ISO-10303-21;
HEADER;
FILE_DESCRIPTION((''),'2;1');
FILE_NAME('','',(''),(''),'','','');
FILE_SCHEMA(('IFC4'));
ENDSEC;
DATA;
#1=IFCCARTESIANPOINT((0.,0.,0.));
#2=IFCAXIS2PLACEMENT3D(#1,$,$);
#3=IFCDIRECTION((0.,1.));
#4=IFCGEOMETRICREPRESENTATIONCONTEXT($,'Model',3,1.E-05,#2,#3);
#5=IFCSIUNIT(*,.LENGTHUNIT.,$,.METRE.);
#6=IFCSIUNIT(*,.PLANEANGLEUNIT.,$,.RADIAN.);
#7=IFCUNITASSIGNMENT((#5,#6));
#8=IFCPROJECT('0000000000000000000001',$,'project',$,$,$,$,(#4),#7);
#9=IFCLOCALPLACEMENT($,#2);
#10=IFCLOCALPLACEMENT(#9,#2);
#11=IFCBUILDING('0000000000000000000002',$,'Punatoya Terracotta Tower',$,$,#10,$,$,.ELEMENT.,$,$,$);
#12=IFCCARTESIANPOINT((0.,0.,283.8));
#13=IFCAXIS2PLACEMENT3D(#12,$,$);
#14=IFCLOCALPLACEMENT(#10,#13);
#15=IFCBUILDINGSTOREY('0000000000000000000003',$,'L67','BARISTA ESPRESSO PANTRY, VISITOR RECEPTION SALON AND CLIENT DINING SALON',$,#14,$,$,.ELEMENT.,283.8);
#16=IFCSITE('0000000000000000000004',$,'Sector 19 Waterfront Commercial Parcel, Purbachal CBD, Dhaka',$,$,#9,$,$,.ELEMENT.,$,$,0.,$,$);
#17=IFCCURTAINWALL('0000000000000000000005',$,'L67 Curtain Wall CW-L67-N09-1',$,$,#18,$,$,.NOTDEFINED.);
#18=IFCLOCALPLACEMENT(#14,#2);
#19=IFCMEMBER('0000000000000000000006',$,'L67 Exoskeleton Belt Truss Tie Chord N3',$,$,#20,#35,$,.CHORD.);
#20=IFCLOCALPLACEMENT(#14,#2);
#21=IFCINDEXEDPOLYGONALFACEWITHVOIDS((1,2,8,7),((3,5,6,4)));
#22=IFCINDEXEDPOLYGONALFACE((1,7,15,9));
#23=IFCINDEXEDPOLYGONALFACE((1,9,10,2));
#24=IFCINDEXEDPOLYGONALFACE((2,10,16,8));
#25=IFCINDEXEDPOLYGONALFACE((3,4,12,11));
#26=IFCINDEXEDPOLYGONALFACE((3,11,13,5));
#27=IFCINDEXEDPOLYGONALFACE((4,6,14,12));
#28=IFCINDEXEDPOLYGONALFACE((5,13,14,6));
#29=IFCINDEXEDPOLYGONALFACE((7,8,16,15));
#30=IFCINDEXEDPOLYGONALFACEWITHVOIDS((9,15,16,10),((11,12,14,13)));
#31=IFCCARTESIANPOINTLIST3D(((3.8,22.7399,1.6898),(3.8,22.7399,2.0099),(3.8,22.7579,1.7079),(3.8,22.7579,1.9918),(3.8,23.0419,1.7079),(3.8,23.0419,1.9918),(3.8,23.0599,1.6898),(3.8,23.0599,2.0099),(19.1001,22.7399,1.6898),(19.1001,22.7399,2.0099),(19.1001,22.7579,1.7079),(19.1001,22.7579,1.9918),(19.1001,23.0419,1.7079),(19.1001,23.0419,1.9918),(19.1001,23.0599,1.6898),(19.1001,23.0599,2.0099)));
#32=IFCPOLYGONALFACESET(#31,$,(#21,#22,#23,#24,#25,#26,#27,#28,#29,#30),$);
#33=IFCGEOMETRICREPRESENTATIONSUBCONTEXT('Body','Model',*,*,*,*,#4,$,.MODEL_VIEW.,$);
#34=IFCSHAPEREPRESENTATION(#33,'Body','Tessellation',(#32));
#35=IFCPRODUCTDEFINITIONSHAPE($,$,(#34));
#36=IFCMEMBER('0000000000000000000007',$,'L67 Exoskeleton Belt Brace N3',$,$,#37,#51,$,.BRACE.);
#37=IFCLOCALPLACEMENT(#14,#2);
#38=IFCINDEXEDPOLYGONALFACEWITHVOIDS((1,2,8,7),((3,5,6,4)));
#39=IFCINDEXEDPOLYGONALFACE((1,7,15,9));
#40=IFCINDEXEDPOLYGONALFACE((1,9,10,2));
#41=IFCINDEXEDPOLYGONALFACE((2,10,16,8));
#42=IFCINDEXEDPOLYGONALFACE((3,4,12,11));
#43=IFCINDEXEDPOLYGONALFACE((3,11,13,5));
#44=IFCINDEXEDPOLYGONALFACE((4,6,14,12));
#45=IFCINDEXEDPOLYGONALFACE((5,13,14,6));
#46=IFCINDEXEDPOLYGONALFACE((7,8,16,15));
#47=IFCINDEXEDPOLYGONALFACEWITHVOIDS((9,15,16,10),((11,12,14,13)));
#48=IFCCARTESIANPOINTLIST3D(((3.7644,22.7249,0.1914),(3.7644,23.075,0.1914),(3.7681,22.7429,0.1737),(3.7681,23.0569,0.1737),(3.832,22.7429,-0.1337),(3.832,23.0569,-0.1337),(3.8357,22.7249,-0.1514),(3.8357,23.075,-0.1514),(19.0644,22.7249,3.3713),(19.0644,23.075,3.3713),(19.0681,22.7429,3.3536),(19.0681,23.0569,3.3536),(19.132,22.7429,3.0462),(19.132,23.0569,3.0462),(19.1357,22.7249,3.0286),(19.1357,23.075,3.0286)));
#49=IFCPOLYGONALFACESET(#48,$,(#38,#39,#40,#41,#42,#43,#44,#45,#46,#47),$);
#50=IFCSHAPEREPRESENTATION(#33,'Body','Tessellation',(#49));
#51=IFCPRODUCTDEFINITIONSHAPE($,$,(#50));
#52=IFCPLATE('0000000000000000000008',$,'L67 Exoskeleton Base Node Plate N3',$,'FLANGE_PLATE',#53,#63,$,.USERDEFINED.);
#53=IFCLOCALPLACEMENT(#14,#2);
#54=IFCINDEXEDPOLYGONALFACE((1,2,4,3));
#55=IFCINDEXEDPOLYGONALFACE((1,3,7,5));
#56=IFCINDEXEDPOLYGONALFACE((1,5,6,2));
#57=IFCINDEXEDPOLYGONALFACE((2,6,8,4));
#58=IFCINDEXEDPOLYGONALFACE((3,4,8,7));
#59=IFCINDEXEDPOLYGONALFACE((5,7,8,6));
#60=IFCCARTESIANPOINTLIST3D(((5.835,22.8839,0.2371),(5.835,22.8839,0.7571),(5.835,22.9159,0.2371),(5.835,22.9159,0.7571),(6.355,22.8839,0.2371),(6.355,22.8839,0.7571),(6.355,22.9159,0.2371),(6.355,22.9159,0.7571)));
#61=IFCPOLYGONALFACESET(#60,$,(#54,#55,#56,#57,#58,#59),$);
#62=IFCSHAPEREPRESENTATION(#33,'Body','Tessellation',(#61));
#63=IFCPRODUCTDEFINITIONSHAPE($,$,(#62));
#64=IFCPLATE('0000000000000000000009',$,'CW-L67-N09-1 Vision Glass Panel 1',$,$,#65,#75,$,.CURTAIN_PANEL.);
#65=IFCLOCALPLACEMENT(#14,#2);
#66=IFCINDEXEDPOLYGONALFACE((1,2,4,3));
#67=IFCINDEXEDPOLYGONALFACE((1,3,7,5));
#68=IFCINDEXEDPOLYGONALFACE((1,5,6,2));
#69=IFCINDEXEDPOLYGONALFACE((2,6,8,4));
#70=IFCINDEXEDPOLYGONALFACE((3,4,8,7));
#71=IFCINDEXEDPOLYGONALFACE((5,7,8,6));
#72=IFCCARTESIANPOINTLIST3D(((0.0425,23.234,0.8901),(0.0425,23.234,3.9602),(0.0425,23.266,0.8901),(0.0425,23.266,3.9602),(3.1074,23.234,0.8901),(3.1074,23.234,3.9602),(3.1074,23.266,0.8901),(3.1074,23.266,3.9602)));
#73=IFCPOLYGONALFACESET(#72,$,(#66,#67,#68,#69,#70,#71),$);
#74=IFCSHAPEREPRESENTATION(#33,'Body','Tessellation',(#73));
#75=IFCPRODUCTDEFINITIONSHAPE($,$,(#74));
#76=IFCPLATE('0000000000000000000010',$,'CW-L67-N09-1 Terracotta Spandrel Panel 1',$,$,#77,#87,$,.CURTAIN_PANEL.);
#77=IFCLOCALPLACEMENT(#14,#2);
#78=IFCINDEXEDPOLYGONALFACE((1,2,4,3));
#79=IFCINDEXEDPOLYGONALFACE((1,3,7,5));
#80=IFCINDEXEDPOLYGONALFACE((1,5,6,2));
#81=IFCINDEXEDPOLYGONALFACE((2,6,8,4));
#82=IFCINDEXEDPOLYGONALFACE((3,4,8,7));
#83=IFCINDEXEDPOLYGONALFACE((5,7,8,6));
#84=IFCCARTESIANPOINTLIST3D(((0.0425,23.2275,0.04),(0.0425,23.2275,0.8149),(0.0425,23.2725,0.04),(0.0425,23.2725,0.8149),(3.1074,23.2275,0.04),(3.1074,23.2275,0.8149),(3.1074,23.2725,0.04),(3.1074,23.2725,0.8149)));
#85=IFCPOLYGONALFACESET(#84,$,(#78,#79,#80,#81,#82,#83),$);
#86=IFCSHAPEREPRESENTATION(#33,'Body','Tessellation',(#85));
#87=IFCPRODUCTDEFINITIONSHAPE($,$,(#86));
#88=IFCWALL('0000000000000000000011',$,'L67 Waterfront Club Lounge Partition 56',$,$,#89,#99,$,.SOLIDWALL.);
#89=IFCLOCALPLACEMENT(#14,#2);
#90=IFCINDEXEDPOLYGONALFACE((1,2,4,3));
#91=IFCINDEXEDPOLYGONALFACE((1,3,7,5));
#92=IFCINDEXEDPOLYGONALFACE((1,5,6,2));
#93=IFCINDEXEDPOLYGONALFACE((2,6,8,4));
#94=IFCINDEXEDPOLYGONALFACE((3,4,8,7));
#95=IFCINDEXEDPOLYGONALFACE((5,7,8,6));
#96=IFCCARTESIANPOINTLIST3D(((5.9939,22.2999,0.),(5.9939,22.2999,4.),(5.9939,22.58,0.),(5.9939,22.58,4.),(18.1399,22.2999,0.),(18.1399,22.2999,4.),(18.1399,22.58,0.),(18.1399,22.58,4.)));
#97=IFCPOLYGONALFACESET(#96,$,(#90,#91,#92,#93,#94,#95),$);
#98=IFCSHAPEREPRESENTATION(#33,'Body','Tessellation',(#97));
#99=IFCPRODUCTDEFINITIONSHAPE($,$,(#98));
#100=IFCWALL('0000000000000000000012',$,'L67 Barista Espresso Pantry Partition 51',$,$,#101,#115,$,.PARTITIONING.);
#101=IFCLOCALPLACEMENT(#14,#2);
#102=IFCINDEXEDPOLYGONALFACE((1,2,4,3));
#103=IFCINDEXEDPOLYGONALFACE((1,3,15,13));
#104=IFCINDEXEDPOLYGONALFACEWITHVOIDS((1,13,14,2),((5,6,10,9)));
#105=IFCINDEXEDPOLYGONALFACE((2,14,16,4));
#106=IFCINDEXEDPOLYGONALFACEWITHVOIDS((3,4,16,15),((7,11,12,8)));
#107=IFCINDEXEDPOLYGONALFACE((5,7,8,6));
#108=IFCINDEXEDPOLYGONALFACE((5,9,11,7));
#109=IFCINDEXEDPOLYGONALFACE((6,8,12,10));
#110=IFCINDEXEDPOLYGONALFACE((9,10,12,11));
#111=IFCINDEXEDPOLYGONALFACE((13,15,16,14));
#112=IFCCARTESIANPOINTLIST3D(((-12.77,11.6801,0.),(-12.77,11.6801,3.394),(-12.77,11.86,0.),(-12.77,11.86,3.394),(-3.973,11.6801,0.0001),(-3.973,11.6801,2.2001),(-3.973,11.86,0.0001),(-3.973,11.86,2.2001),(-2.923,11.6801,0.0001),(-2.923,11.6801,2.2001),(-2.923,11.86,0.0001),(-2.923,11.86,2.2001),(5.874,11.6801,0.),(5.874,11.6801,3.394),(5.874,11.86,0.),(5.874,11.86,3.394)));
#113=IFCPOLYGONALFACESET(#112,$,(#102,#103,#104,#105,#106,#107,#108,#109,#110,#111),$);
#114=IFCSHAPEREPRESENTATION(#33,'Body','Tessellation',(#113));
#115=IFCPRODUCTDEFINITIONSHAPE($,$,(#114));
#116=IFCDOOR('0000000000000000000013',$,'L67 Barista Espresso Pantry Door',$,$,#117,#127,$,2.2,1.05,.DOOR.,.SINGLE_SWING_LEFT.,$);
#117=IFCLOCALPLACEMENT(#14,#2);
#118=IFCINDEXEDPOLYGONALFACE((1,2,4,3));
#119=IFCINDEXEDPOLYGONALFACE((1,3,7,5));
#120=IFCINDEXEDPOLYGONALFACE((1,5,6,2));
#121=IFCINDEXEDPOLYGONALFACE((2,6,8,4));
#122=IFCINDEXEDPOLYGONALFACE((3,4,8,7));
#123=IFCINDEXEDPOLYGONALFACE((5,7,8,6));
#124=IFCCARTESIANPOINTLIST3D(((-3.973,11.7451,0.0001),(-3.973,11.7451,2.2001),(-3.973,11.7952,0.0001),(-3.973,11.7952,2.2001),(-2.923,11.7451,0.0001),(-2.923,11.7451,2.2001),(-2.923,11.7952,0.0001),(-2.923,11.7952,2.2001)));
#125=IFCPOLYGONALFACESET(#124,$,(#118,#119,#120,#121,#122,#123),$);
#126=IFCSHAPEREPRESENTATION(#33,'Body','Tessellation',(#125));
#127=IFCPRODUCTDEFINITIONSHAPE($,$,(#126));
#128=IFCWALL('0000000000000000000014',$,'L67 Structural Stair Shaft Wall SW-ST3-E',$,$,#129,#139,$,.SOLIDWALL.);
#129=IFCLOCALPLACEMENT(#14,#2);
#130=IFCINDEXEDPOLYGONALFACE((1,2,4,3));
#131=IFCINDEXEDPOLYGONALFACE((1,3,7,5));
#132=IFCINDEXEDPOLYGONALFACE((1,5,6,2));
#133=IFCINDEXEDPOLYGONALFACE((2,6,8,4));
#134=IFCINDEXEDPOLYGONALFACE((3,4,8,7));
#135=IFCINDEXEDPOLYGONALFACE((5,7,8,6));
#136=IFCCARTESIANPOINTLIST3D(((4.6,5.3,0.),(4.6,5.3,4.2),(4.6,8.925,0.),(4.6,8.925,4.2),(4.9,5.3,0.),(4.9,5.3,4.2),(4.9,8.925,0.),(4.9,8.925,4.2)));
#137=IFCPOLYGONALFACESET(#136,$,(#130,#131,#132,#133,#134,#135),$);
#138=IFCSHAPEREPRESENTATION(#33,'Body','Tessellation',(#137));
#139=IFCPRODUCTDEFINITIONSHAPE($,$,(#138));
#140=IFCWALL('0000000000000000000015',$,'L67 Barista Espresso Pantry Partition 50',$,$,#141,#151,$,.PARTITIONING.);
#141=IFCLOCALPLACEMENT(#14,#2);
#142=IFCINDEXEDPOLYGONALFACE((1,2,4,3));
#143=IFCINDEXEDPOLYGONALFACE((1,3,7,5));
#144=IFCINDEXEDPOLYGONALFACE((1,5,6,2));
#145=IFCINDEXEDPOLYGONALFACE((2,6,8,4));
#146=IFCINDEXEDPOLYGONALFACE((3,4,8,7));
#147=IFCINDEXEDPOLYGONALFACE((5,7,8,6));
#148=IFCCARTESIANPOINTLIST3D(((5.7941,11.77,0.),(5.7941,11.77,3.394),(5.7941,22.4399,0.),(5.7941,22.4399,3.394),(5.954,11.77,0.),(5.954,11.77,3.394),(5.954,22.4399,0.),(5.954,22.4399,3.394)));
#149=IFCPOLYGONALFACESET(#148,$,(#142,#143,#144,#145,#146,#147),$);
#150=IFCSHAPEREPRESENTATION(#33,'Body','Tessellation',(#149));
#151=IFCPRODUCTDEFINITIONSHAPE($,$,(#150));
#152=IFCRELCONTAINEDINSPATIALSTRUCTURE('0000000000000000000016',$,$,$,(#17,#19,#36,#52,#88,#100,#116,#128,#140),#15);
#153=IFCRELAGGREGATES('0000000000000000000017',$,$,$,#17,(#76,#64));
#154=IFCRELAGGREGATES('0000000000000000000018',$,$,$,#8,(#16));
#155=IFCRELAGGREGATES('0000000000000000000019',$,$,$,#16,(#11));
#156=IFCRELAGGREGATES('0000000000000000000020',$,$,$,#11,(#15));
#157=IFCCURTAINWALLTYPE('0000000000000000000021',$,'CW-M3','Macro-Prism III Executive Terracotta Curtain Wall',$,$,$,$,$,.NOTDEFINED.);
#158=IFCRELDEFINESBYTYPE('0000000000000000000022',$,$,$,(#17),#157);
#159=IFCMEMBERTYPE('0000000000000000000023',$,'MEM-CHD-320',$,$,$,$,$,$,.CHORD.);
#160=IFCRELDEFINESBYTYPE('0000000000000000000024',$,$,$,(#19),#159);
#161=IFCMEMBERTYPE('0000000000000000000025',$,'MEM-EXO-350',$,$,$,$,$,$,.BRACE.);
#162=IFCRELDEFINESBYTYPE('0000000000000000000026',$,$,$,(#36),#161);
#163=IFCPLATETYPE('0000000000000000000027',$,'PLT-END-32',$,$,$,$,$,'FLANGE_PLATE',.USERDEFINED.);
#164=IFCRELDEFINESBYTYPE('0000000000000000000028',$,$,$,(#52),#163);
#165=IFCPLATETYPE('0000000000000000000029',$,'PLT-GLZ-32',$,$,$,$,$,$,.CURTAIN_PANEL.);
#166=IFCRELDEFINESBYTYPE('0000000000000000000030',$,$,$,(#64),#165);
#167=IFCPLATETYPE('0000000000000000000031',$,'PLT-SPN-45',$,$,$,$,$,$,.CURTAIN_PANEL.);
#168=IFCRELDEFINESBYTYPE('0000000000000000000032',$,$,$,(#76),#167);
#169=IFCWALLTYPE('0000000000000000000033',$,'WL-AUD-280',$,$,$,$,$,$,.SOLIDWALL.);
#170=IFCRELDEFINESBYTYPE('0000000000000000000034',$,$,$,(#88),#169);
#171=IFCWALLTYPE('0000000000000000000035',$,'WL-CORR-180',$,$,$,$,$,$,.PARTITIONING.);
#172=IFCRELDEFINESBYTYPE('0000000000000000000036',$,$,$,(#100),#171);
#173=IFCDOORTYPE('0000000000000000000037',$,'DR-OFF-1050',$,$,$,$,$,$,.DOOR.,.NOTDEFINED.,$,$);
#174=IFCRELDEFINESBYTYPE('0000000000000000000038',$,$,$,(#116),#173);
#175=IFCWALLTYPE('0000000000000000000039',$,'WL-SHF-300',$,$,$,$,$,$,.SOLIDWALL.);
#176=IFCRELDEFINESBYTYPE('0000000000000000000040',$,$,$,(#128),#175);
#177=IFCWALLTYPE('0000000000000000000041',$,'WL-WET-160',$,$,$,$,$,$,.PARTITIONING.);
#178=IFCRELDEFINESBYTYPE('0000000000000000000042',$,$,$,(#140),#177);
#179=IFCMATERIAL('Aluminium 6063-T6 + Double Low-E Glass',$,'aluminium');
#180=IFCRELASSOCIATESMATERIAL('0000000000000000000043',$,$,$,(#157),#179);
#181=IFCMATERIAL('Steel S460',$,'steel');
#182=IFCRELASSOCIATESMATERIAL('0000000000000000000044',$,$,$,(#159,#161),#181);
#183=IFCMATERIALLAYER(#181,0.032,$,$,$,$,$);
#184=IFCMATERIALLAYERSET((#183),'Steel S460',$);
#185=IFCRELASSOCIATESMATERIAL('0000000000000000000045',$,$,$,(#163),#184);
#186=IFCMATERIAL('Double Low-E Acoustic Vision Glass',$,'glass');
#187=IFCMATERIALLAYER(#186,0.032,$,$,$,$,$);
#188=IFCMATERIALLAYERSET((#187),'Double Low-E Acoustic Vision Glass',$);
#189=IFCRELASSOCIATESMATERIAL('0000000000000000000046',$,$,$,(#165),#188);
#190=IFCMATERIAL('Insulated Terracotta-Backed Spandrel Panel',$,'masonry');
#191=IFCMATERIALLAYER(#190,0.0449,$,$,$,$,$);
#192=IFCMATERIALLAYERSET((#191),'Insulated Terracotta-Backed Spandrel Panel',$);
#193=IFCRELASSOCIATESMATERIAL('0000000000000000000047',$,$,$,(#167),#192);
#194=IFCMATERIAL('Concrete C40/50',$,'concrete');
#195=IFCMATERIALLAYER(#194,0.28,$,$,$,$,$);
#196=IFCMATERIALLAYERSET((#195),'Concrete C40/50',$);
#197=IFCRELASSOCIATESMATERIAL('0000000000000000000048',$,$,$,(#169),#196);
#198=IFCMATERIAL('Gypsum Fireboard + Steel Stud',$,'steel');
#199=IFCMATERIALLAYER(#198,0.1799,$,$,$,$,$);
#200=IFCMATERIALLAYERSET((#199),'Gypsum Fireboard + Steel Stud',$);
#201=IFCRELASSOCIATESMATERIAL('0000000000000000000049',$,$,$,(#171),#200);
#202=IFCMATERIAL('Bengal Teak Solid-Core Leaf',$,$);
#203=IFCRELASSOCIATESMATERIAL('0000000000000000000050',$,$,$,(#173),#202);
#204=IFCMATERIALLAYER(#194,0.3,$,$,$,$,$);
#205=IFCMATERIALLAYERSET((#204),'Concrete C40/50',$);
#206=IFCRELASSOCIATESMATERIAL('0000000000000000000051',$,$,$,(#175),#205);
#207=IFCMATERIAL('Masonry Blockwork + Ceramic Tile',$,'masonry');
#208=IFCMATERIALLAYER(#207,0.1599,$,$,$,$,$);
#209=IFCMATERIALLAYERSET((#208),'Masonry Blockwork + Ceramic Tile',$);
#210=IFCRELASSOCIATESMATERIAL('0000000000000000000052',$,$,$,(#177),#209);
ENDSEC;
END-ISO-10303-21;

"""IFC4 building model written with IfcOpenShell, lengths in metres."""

from ifc_helpers import new_model, si_unit, direction, frame, frame_2d, origin, origin_2d, place, context, subcontext, project, spatial, rectangle, hollow_rectangle, extrude, material, layer, layer_set, material_profile, profile_set, type_object, element, fill, aggregate, save


model = new_model("IFC4")

# Units and contexts
model_context = context("Model", 3, precision=1e-05, world=origin(), true_north=direction((0.0, 1.0)))
body_context = subcontext(model_context, "Body", "Model", "MODEL_VIEW")
ifc_project = project(units=[si_unit("LENGTHUNIT", "METRE"), si_unit("PLANEANGLEUNIT", "RADIAN")], contexts=[model_context])

# Site, building, storey
site_placement = place(None, origin())
site = spatial("IfcSite", under=ifc_project, at=site_placement, Name="Sector 19 Waterfront Commercial Parcel, Purbachal CBD, Dhaka", CompositionType="ELEMENT", RefElevation=0.0)
building_placement = place(site_placement, origin())
building = spatial("IfcBuilding", under=site, at=building_placement, Name="Punatoya Terracotta Tower", CompositionType="ELEMENT")
storey_placement = place(building_placement, frame((0.0, 0.0, 283.8)))
storey = spatial("IfcBuildingStorey", under=building, at=storey_placement, Name="L67", Description="BARISTA ESPRESSO PANTRY, VISITOR RECEPTION SALON AND CLIENT DINING SALON", CompositionType="ELEMENT", Elevation=283.8)

# Shared definitions
ifc_material_1 = material(Name="Steel S460", Category="steel")

# Curtain wall
ifc_material_2 = material(Name="Aluminium 6063-T6 + Double Low-E Glass", Category="aluminium")
curtain_wall_type = type_object("IfcCurtainWallType", Name="CW-M3", Description="Macro-Prism III Executive Terracotta Curtain Wall", PredefinedType="NOTDEFINED", material=ifc_material_2)
curtain_wall_placement = place(storey_placement, origin())
curtain_wall = element("IfcCurtainWall", 1, at=curtain_wall_placement, inside=storey, type_object=curtain_wall_type, Name="L67 Curtain Wall CW-L67-N09-1", PredefinedType="NOTDEFINED")

# Members
ifc_material_profile_1 = material_profile(ifc_material_1, hollow_rectangle(XDim=0.3201, YDim=0.3201, WallThickness=0.0181, at=origin_2d()))
ifc_profile_set_1 = profile_set([ifc_material_profile_1], Name="Steel S460")
member_type_1 = type_object("IfcMemberType", Name="MEM-CHD-320", PredefinedType="CHORD", material=ifc_profile_set_1)
member_1_placement = place(storey_placement, frame((3.8, 22.8999, 1.8499), z_axis=(1.0, 0.0, 0.0), x_axis=(0.0, 1.0, 0.0)))
element("IfcMember", 2, at=member_1_placement, inside=storey, type_object=member_type_1, Name="L67 Exoskeleton Belt Truss Tie Chord N3", PredefinedType="CHORD", context=body_context, shape_type="SweptSolid", body=[
    extrude(hollow_rectangle(XDim=0.3201, YDim=0.3201, WallThickness=0.0181, at=origin_2d()), origin(), (0.0, 0.0, 1.0), 15.3),
])
ifc_material_profile_2 = material_profile(ifc_material_1, hollow_rectangle(XDim=0.3501, YDim=0.3501, WallThickness=0.0181, at=origin_2d()))
ifc_profile_set_2 = profile_set([ifc_material_profile_2], Name="Steel S460")
member_type_2 = type_object("IfcMemberType", Name="MEM-EXO-350", PredefinedType="BRACE", material=ifc_profile_set_2)
member_2_placement = place(storey_placement, frame((3.8, 22.8999, 0.02), z_axis=(0.979077, 0.0, 0.203489), x_axis=(0.0, 1.0, 0.0)))
element("IfcMember", 3, at=member_2_placement, inside=storey, type_object=member_type_2, Name="L67 Exoskeleton Belt Brace N3", PredefinedType="BRACE", context=body_context, shape_type="SweptSolid", body=[
    extrude(hollow_rectangle(XDim=0.3501, YDim=0.3501, WallThickness=0.0181, at=origin_2d()), origin(), (0.0, 0.0, 1.0), 15.627),
])

# Plates
ifc_layer_1 = layer(ifc_material_1, 0.032)
ifc_layer_set_1 = layer_set([ifc_layer_1], Name="Steel S460")
plate_type_1 = type_object("IfcPlateType", Name="PLT-END-32", ElementType="FLANGE_PLATE", PredefinedType="USERDEFINED", material=ifc_layer_set_1)
plate_1_placement = place(storey_placement, frame((6.095, 22.8999, 0.2371), z_axis=(0.0, 0.0, 1.0), x_axis=(1.0, 0.0, 0.0)))
element("IfcPlate", 4, at=plate_1_placement, inside=storey, type_object=plate_type_1, Name="L67 Exoskeleton Base Node Plate N3", ObjectType="FLANGE_PLATE", PredefinedType="USERDEFINED", context=body_context, shape_type="SweptSolid", body=[
    extrude(rectangle(XDim=0.52, YDim=0.032, at=origin_2d()), origin(), (0.0, 0.0, 1.0), 0.52),
])
ifc_material_3 = material(Name="Double Low-E Acoustic Vision Glass", Category="glass")
ifc_layer_2 = layer(ifc_material_3, 0.032)
ifc_layer_set_2 = layer_set([ifc_layer_2], Name="Double Low-E Acoustic Vision Glass")
plate_type_2 = type_object("IfcPlateType", Name="PLT-GLZ-32", PredefinedType="CURTAIN_PANEL", material=ifc_layer_set_2)
plate_2_placement = place(storey_placement, frame((1.575, 23.25, 0.8901), z_axis=(0.0, 0.0, 1.0), x_axis=(-1.0, 0.0, 0.0)))
plate_2 = element("IfcPlate", 5, at=plate_2_placement, type_object=plate_type_2, Name="CW-L67-N09-1 Vision Glass Panel 1", PredefinedType="CURTAIN_PANEL", context=body_context, shape_type="SweptSolid", body=[
    extrude(rectangle(XDim=3.0649, YDim=0.032, at=origin_2d()), origin(), (0.0, 0.0, 1.0), 3.0701),
])
ifc_material_4 = material(Name="Insulated Terracotta-Backed Spandrel Panel", Category="masonry")
ifc_layer_3 = layer(ifc_material_4, 0.0449)
ifc_layer_set_3 = layer_set([ifc_layer_3], Name="Insulated Terracotta-Backed Spandrel Panel")
plate_type_3 = type_object("IfcPlateType", Name="PLT-SPN-45", PredefinedType="CURTAIN_PANEL", material=ifc_layer_set_3)
plate_3_placement = place(storey_placement, frame((1.575, 23.25, 0.04), z_axis=(0.0, 0.0, 1.0), x_axis=(-1.0, 0.0, 0.0)))
plate_3 = element("IfcPlate", 6, at=plate_3_placement, type_object=plate_type_3, Name="CW-L67-N09-1 Terracotta Spandrel Panel 1", PredefinedType="CURTAIN_PANEL", context=body_context, shape_type="SweptSolid", body=[
    extrude(rectangle(XDim=3.0649, YDim=0.0449, at=origin_2d()), origin(), (0.0, 0.0, 1.0), 0.7749),
])
aggregate(curtain_wall, [plate_3, plate_2])

# Wall
ifc_material_5 = material(Name="Concrete C40/50", Category="concrete")
ifc_layer_4 = layer(ifc_material_5, 0.28)
ifc_layer_set_4 = layer_set([ifc_layer_4], Name="Concrete C40/50")
wall_type_1 = type_object("IfcWallType", Name="WL-AUD-280", PredefinedType="SOLIDWALL", material=ifc_layer_set_4)
wall_1_placement = place(storey_placement, frame((5.9939, 22.4399, 0.0), z_axis=(0.0, 0.0, 1.0), x_axis=(1.0, 0.0, 0.0)))
element("IfcWall", 7, at=wall_1_placement, inside=storey, type_object=wall_type_1, Name="L67 Waterfront Club Lounge Partition 56", PredefinedType="SOLIDWALL", context=body_context, shape_type="SweptSolid", body=[
    extrude(rectangle(XDim=12.146, YDim=0.28, at=frame_2d((6.073, 0.0))), origin(), (0.0, 0.0, 1.0), 4.0),
])

# Wall, opening, door
ifc_material_6 = material(Name="Gypsum Fireboard + Steel Stud", Category="steel")
ifc_layer_5 = layer(ifc_material_6, 0.1799)
ifc_layer_set_5 = layer_set([ifc_layer_5], Name="Gypsum Fireboard + Steel Stud")
wall_type_2 = type_object("IfcWallType", Name="WL-CORR-180", PredefinedType="PARTITIONING", material=ifc_layer_set_5)
wall_2_placement = place(storey_placement, frame((5.874, 11.77, 0.0), z_axis=(0.0, 0.0, 1.0), x_axis=(-1.0, 0.0, 0.0)))
wall_2 = element("IfcWall", 8, at=wall_2_placement, inside=storey, type_object=wall_type_2, Name="L67 Barista Espresso Pantry Partition 51", PredefinedType="PARTITIONING", context=body_context, shape_type="SweptSolid", body=[
    extrude(rectangle(XDim=18.644, YDim=0.1799, at=frame_2d((9.322, 0.0))), origin(), (0.0, 0.0, 1.0), 3.394),
])
opening_placement = place(wall_2_placement, frame((8.7971, 0.0, 0.0)))
opening = element("IfcOpeningElement", 9, at=opening_placement, cuts=wall_2, PredefinedType="OPENING", context=body_context, shape_type="SweptSolid", body=[
    extrude(rectangle(XDim=1.05, YDim=2.2, at=frame_2d((0.5249, 1.1001))), frame((0.0, 0.0999, 0.0), z_axis=(0.0, -1.0, 0.0), x_axis=(1.0, 0.0, 0.0)), (0.0, 0.0, 1.0), 0.2),
])
ifc_material_7 = material(Name="Bengal Teak Solid-Core Leaf")
door_type = type_object("IfcDoorType", Name="DR-OFF-1050", OperationType="NOTDEFINED", PredefinedType="DOOR", material=ifc_material_7)
door_placement = place(opening_placement, origin())
door = element("IfcDoor", 10, at=door_placement, inside=storey, type_object=door_type, Name="L67 Barista Espresso Pantry Door", OperationType="SINGLE_SWING_LEFT", OverallHeight=2.2, OverallWidth=1.05, PredefinedType="DOOR", context=body_context, shape_type="SweptSolid", body=[
    extrude(rectangle(XDim=1.05, YDim=2.2, at=frame_2d((0.5249, 1.1001))), frame((0.0, 0.0249, 0.0), z_axis=(0.0, -1.0, 0.0), x_axis=(1.0, 0.0, 0.0)), (0.0, 0.0, 1.0), 0.05),
])
fill(opening, door)

# Walls
ifc_layer_6 = layer(ifc_material_5, 0.3)
ifc_layer_set_6 = layer_set([ifc_layer_6], Name="Concrete C40/50")
wall_type_3 = type_object("IfcWallType", Name="WL-SHF-300", PredefinedType="SOLIDWALL", material=ifc_layer_set_6)
wall_3_placement = place(storey_placement, frame((4.75, 8.925, 0.0), z_axis=(0.0, 0.0, 1.0), x_axis=(0.0, -1.0, 0.0)))
element("IfcWall", 11, at=wall_3_placement, inside=storey, type_object=wall_type_3, Name="L67 Structural Stair Shaft Wall SW-ST3-E", PredefinedType="SOLIDWALL", context=body_context, shape_type="SweptSolid", body=[
    extrude(rectangle(XDim=3.625, YDim=0.3, at=frame_2d((1.8125, 0.0))), origin(), (0.0, 0.0, 1.0), 4.2),
])
ifc_material_8 = material(Name="Masonry Blockwork + Ceramic Tile", Category="masonry")
ifc_layer_7 = layer(ifc_material_8, 0.1599)
ifc_layer_set_7 = layer_set([ifc_layer_7], Name="Masonry Blockwork + Ceramic Tile")
wall_type_4 = type_object("IfcWallType", Name="WL-WET-160", PredefinedType="PARTITIONING", material=ifc_layer_set_7)
wall_4_placement = place(storey_placement, frame((5.874, 22.4399, 0.0), z_axis=(0.0, 0.0, 1.0), x_axis=(0.0, -1.0, 0.0)))
element("IfcWall", 12, at=wall_4_placement, inside=storey, type_object=wall_type_4, Name="L67 Barista Espresso Pantry Partition 50", PredefinedType="PARTITIONING", context=body_context, shape_type="SweptSolid", body=[
    extrude(rectangle(XDim=10.6699, YDim=0.1599, at=frame_2d((5.335, 0.0))), origin(), (0.0, 0.0, 1.0), 3.394),
])

save(model, "model.ifc")
